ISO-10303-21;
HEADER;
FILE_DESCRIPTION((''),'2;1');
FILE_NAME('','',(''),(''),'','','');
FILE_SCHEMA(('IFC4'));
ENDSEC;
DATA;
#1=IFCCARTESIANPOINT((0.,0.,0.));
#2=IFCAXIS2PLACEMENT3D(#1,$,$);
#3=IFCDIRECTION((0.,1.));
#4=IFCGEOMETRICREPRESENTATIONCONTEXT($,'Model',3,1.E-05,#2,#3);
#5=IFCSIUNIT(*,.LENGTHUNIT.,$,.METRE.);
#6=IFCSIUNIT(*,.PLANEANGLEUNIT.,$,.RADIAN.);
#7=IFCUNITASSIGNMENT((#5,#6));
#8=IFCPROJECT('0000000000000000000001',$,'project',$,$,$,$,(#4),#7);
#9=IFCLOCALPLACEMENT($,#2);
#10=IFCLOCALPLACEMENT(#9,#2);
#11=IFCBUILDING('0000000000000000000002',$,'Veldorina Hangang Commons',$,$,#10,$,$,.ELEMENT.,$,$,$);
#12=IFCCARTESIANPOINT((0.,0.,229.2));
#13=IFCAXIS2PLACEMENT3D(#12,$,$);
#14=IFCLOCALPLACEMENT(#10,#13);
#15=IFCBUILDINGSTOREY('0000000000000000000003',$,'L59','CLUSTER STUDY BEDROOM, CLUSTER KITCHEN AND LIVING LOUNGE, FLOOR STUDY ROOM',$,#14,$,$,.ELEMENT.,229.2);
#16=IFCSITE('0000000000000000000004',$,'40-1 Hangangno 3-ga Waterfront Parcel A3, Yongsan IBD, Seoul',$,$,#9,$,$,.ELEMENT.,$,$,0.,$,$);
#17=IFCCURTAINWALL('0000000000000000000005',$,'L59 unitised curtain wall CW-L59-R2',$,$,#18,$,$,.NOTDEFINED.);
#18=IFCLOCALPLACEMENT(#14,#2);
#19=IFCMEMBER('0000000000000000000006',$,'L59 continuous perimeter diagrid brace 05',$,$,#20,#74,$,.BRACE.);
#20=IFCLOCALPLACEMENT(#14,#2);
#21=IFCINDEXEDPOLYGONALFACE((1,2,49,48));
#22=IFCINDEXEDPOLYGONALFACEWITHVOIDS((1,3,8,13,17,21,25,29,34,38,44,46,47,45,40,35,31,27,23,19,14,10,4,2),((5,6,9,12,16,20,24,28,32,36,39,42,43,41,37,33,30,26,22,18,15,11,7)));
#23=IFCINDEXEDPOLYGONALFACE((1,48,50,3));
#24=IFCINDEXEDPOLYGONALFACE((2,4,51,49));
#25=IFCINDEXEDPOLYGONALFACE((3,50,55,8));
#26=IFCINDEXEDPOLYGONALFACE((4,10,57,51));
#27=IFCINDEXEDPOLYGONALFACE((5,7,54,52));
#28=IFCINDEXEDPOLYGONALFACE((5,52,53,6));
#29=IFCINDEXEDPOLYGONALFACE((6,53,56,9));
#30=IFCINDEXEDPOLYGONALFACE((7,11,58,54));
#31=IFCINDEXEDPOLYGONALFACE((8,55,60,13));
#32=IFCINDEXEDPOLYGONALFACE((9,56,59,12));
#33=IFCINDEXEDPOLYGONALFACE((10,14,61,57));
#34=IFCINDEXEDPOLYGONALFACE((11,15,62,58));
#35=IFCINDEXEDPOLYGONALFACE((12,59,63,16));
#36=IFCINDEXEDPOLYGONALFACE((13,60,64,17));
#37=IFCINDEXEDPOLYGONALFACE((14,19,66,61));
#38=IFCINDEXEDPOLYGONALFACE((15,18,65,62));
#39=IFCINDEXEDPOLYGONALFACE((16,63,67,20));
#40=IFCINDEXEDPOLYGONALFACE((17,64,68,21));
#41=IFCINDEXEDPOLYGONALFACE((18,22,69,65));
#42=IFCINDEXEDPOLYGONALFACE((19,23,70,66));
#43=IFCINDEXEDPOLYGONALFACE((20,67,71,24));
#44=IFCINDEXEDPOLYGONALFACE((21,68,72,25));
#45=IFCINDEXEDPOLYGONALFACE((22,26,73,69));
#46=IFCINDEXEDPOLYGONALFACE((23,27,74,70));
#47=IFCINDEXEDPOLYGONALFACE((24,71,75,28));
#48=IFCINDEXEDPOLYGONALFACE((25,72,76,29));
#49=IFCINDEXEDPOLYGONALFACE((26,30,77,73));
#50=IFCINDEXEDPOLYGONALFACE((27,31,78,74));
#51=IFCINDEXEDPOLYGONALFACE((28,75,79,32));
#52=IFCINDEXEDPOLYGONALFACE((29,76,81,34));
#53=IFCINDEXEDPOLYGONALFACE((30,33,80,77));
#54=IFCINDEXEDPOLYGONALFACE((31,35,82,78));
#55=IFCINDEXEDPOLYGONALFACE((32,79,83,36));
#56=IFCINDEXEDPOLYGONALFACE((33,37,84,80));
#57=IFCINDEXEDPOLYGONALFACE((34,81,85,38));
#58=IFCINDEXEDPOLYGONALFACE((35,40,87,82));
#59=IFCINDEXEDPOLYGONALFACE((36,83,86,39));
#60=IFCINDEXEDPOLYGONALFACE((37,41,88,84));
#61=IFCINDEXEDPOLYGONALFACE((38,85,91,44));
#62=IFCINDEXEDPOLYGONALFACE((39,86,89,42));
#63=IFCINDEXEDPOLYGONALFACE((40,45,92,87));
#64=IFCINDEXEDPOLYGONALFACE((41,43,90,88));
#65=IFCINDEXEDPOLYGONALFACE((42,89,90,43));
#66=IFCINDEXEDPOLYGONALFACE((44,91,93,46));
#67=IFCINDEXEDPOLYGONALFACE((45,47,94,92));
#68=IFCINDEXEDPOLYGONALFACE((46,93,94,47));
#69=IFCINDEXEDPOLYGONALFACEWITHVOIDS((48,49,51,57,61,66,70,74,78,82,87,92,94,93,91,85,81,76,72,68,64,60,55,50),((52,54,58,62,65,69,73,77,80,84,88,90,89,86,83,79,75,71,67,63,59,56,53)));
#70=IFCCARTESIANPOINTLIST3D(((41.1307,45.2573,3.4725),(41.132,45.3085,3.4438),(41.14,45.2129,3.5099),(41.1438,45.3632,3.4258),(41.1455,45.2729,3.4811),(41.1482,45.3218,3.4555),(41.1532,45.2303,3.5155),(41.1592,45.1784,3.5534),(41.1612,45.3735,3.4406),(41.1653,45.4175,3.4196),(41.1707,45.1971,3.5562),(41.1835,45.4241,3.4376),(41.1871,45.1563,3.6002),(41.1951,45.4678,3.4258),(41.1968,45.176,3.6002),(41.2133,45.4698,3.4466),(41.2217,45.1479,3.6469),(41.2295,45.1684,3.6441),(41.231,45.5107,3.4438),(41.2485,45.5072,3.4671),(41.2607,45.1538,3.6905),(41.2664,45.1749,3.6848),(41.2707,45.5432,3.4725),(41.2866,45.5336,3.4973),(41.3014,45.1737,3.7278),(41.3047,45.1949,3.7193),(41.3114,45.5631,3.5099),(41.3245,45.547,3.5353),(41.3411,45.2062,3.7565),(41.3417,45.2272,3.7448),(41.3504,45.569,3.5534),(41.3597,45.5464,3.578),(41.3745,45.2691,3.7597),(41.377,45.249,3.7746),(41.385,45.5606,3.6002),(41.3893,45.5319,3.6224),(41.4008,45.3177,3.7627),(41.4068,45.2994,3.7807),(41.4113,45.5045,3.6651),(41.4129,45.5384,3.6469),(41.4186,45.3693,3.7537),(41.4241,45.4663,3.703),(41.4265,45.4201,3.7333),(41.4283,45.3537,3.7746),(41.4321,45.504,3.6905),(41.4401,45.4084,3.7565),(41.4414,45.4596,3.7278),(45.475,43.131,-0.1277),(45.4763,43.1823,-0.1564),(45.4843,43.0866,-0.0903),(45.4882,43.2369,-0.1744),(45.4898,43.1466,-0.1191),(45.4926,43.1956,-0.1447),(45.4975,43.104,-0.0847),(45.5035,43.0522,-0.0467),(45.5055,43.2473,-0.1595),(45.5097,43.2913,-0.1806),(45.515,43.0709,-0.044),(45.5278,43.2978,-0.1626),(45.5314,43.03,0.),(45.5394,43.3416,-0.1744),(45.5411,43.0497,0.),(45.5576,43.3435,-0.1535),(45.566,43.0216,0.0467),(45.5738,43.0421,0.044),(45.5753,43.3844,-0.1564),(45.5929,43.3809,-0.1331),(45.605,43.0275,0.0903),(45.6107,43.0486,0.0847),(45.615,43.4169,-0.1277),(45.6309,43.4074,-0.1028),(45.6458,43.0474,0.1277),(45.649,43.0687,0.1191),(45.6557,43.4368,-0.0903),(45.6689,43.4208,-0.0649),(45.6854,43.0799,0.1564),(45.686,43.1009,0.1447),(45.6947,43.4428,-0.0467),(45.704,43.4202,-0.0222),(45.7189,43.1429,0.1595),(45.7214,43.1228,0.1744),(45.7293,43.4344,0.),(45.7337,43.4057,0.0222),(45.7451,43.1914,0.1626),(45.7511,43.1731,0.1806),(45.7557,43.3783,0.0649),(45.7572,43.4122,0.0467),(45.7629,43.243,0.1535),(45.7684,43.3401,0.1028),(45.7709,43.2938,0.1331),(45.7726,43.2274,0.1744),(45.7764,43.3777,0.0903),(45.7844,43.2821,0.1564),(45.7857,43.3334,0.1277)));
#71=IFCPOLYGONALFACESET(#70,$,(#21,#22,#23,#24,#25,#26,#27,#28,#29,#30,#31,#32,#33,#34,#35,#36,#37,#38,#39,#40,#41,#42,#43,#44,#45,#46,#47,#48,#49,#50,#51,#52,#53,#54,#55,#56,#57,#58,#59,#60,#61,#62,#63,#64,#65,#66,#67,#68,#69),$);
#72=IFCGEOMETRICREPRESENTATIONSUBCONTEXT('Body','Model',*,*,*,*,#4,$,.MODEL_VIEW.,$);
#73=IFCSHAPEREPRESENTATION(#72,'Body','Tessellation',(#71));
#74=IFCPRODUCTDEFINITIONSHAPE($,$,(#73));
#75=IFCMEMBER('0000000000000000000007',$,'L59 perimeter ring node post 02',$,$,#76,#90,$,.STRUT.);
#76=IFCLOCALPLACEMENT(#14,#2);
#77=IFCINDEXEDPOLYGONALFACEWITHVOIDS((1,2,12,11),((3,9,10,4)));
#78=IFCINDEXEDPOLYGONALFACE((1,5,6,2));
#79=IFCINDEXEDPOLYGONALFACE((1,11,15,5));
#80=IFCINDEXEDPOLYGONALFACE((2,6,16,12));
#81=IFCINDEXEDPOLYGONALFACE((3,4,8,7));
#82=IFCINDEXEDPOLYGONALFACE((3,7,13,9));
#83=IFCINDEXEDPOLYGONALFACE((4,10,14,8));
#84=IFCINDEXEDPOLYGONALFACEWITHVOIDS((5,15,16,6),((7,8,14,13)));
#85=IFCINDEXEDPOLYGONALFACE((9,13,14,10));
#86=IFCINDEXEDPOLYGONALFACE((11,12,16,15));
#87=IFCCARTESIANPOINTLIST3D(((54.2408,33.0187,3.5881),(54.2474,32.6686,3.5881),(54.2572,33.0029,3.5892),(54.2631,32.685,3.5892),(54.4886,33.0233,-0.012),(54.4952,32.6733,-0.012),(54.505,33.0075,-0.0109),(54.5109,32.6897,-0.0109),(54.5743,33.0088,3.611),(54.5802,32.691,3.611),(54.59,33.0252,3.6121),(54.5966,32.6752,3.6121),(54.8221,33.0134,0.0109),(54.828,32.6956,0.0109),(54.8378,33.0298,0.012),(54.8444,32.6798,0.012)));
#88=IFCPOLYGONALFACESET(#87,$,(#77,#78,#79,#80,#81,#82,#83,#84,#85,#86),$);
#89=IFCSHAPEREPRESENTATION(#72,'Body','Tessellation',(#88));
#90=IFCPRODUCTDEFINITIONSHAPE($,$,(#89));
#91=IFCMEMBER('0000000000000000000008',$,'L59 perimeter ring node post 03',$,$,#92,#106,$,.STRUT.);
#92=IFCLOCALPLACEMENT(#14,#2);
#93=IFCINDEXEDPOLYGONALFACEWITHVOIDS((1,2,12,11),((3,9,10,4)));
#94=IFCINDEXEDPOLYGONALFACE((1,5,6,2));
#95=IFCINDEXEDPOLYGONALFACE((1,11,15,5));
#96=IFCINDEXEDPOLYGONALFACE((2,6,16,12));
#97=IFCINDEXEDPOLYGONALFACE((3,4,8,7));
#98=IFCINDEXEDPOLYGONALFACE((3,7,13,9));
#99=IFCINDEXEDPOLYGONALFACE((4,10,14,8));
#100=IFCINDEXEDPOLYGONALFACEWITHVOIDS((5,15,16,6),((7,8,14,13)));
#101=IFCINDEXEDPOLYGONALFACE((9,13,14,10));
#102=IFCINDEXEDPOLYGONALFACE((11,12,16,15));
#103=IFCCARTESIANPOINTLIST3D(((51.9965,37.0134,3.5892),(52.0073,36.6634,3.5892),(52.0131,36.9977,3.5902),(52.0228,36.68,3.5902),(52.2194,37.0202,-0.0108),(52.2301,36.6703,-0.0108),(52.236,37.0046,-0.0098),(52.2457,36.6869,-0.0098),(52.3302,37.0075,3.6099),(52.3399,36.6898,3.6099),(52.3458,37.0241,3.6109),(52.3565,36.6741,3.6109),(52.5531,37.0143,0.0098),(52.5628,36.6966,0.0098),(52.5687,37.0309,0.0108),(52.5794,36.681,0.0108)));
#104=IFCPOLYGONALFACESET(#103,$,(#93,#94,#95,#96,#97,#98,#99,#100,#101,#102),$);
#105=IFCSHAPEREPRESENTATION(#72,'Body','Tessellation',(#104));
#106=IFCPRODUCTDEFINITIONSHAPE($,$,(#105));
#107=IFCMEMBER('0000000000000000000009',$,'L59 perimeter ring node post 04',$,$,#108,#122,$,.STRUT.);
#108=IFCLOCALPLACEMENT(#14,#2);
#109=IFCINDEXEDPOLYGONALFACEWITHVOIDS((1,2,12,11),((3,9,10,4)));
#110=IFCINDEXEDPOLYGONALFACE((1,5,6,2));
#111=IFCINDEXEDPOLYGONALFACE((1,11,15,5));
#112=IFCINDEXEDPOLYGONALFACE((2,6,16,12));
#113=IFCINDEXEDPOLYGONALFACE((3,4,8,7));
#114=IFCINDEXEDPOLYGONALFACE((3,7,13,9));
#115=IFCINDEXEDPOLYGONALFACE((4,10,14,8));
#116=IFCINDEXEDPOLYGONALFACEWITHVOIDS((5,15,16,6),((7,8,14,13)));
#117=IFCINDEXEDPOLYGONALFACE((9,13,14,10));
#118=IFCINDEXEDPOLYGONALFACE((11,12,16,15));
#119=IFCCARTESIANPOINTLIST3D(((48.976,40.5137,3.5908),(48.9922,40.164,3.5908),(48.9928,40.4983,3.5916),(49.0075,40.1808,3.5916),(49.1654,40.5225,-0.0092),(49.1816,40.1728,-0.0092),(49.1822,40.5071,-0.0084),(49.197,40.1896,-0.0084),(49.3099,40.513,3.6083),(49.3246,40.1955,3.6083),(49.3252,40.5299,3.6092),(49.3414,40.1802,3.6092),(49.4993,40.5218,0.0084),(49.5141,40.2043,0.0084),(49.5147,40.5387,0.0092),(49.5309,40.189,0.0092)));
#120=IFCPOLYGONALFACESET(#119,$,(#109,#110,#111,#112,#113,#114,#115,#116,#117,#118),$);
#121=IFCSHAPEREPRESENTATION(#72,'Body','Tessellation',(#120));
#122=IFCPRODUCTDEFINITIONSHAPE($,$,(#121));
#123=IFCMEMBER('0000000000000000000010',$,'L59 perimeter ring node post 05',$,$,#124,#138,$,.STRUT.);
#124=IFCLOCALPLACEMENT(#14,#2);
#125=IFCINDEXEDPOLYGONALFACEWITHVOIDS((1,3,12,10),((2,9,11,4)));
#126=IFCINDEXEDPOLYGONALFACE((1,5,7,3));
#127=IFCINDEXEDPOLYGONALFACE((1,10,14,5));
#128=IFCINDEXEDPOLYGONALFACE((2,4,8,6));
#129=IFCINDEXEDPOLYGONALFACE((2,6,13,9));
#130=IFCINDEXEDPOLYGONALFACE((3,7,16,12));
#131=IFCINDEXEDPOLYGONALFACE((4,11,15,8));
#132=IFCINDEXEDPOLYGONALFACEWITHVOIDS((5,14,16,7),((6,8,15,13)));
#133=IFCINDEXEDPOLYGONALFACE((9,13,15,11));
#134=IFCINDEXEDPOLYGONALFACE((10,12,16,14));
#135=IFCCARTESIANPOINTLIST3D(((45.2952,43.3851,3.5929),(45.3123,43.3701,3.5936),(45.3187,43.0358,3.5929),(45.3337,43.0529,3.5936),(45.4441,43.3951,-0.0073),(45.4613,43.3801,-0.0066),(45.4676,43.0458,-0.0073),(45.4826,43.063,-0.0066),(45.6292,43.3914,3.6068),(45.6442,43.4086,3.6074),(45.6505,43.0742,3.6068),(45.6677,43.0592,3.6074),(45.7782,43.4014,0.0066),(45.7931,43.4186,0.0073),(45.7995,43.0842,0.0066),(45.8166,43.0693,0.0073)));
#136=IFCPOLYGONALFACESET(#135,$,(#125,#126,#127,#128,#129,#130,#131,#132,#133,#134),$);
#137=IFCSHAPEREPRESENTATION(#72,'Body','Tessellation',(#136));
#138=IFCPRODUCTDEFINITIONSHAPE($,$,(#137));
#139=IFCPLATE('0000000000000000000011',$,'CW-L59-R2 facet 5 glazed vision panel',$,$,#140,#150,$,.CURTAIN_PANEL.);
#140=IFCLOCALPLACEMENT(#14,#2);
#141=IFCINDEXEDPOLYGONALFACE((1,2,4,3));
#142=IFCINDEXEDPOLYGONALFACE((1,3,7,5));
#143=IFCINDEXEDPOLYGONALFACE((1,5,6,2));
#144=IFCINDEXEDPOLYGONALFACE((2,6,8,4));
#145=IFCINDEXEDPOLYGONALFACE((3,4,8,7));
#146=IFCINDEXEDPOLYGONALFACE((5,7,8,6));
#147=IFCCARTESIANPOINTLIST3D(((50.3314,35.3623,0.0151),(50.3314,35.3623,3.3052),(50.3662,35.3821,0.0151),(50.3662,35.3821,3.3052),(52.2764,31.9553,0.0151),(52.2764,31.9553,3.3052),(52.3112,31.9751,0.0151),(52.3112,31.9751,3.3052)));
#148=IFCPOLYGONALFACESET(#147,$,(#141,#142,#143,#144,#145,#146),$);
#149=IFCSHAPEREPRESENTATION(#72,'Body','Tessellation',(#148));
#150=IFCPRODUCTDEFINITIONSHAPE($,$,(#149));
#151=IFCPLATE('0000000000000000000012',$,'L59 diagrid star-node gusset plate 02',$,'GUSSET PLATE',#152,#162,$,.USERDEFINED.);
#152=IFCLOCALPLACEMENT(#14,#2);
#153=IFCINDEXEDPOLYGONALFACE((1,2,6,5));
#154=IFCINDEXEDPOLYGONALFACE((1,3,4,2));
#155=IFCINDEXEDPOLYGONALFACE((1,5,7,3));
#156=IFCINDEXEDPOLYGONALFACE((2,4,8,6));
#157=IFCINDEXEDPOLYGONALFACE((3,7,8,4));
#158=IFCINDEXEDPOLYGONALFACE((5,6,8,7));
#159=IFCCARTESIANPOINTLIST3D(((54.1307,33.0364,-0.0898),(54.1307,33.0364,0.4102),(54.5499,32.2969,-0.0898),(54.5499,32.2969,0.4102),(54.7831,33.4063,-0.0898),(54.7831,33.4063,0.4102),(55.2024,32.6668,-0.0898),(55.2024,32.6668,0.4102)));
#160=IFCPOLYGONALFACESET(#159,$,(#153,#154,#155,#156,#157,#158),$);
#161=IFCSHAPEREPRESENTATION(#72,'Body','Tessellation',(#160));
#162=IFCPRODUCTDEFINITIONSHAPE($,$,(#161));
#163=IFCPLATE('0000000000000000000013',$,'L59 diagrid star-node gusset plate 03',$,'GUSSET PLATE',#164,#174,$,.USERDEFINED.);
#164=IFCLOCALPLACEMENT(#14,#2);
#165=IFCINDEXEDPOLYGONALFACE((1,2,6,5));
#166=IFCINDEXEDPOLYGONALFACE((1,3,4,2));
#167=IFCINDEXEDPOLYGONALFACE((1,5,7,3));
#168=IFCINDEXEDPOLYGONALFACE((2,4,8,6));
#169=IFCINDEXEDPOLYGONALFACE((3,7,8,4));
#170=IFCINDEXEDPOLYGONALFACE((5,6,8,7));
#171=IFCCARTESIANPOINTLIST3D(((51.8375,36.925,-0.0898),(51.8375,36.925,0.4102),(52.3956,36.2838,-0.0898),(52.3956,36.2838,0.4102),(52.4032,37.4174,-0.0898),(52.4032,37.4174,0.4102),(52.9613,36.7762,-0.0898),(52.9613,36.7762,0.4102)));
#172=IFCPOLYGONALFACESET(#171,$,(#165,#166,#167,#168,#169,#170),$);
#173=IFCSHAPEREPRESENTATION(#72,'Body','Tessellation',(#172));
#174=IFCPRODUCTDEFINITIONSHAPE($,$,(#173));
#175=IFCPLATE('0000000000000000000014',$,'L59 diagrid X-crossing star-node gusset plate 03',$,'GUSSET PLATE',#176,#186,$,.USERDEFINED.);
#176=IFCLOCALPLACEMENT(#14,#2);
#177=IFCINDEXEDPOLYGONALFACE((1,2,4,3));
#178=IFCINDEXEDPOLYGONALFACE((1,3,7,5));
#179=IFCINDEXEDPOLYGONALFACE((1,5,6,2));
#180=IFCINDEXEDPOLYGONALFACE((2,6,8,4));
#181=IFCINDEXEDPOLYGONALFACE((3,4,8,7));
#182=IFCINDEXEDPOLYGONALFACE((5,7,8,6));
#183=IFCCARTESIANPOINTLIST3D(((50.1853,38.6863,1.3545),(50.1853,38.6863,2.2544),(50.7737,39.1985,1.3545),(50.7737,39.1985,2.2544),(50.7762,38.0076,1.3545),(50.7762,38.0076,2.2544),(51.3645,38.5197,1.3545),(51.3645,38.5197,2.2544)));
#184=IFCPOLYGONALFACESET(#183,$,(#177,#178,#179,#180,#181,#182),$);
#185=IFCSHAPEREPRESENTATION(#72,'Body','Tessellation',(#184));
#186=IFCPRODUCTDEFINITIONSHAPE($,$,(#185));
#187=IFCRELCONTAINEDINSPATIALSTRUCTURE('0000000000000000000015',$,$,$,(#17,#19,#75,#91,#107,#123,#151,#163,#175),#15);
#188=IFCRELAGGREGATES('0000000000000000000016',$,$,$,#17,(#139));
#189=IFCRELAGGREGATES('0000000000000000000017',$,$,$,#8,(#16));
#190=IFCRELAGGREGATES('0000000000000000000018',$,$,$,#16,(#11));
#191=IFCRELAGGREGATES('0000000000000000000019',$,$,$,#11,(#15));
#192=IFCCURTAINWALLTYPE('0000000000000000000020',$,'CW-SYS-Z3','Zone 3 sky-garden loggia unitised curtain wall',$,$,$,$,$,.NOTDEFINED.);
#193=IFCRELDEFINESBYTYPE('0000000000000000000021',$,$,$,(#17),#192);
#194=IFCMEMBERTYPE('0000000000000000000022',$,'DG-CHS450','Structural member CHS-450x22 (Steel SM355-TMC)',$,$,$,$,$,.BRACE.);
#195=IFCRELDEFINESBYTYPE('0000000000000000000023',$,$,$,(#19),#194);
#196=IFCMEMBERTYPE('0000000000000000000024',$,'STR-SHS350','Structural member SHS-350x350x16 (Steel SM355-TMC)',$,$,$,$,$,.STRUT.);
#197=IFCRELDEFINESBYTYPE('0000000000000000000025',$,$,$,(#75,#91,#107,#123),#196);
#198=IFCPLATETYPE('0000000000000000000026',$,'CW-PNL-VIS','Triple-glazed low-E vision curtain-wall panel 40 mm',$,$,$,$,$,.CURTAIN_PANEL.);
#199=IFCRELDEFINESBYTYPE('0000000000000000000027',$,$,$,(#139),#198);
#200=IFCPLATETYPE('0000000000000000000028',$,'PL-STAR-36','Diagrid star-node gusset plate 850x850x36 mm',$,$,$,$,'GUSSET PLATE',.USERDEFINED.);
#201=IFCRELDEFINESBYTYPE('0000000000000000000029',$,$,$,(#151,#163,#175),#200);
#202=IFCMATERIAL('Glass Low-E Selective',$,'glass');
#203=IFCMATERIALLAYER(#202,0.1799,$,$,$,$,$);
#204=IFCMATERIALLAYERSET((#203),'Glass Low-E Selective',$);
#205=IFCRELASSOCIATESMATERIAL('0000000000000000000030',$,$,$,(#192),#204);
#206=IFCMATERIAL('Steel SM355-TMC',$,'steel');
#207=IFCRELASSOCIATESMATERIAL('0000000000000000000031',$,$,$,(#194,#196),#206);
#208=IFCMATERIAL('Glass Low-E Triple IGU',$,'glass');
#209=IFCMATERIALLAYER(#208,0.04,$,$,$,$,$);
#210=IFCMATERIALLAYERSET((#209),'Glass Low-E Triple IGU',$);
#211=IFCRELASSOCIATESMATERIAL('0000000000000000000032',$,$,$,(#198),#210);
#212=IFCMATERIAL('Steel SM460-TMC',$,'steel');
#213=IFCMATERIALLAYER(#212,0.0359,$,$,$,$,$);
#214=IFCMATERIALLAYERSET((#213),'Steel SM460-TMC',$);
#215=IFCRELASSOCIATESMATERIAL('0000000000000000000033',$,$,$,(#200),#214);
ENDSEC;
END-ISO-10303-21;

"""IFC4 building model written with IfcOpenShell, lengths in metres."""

from ifc_helpers import new_model, si_unit, direction, frame, origin, origin_2d, place, context, subcontext, project, spatial, rectangle, hollow_rectangle, hollow_circle, extrude, material, layer, layer_set, material_profile, profile_set, type_object, element, aggregate, save


model = new_model("IFC4")

# Units and contexts
model_context = context("Model", 3, precision=1e-05, world=origin(), true_north=direction((0.0, 1.0)))
body_context = subcontext(model_context, "Body", "Model", "MODEL_VIEW")
ifc_project = project(units=[si_unit("LENGTHUNIT", "METRE"), si_unit("PLANEANGLEUNIT", "RADIAN")], contexts=[model_context])

# Site, building, storey
site_placement = place(None, origin())
site = spatial("IfcSite", under=ifc_project, at=site_placement, Name="40-1 Hangangno 3-ga Waterfront Parcel A3, Yongsan IBD, Seoul", CompositionType="ELEMENT", RefElevation=0.0)
building_placement = place(site_placement, origin())
building = spatial("IfcBuilding", under=site, at=building_placement, Name="Veldorina Hangang Commons", CompositionType="ELEMENT")
storey_placement = place(building_placement, frame((0.0, 0.0, 229.2)))
storey = spatial("IfcBuildingStorey", under=building, at=storey_placement, Name="L59", Description="CLUSTER STUDY BEDROOM, CLUSTER KITCHEN AND LIVING LOUNGE, FLOOR STUDY ROOM", CompositionType="ELEMENT", Elevation=229.2)

# Shared definitions
ifc_material_1 = material(Name="Steel SM355-TMC", Category="steel")

# Curtain wall
ifc_material_2 = material(Name="Glass Low-E Selective", Category="glass")
ifc_layer_1 = layer(ifc_material_2, 0.1799)
ifc_layer_set_1 = layer_set([ifc_layer_1], Name="Glass Low-E Selective")
curtain_wall_type = type_object("IfcCurtainWallType", Name="CW-SYS-Z3", Description="Zone 3 sky-garden loggia unitised curtain wall", PredefinedType="NOTDEFINED", material=ifc_layer_set_1)
curtain_wall_placement = place(storey_placement, origin())
curtain_wall = element("IfcCurtainWall", 1, at=curtain_wall_placement, inside=storey, type_object=curtain_wall_type, Name="L59 unitised curtain wall CW-L59-R2", PredefinedType="NOTDEFINED")

# Members
ifc_material_profile_1 = material_profile(ifc_material_1, hollow_circle(Radius=0.2251, WallThickness=0.022, at=origin_2d()), Name="CHS-450x22")
ifc_profile_set_1 = profile_set([ifc_material_profile_1], Name="Steel SM355-TMC")
member_type_1 = type_object("IfcMemberType", Name="DG-CHS450", Description="Structural member CHS-450x22 (Steel SM355-TMC)", PredefinedType="BRACE", material=ifc_profile_set_1)
member_1_placement = place(storey_placement, frame((45.6304, 43.2322, 0.0), z_axis=(-0.720507, 0.352641, 0.597088), x_axis=(-0.439606, -0.898191, 0.0)))
element("IfcMember", 2, at=member_1_placement, inside=storey, type_object=member_type_1, Name="L59 continuous perimeter diagrid brace 05", PredefinedType="BRACE", context=body_context, shape_type="SweptSolid", body=[
    extrude(hollow_circle(Radius=0.2251, WallThickness=0.022, at=origin_2d()), origin(), (0.0, 0.0, 1.0), 6.0295),
])
ifc_material_profile_2 = material_profile(ifc_material_1, hollow_rectangle(XDim=0.3501, YDim=0.3501, WallThickness=0.0161, at=origin_2d()), Name="SHS-350x350x16")
ifc_profile_set_2 = profile_set([ifc_material_profile_2], Name="Steel SM355-TMC")
member_type_2 = type_object("IfcMemberType", Name="STR-SHS350", Description="Structural member SHS-350x350x16 (Steel SM355-TMC)", PredefinedType="STRUT", material=ifc_profile_set_2)
member_2_placement = place(storey_placement, frame((54.6665, 32.8516, 0.0), z_axis=(-0.06867, -0.001285, 0.997639), x_axis=(0.018716, -0.999825, 0.0)))
element("IfcMember", 3, at=member_2_placement, inside=storey, type_object=member_type_2, Name="L59 perimeter ring node post 02", PredefinedType="STRUT", context=body_context, shape_type="SweptSolid", body=[
    extrude(hollow_rectangle(XDim=0.3501, YDim=0.3501, WallThickness=0.0161, at=origin_2d()), origin(), (0.0, 0.0, 1.0), 3.6086),
])
member_3_placement = place(storey_placement, frame((52.3994, 36.8506, 0.0), z_axis=(-0.061797, -0.001895, 0.998087), x_axis=(0.030654, -0.99953, 0.0)))
element("IfcMember", 4, at=member_3_placement, inside=storey, type_object=member_type_2, Name="L59 perimeter ring node post 03", PredefinedType="STRUT", context=body_context, shape_type="SweptSolid", body=[
    extrude(hollow_rectangle(XDim=0.3501, YDim=0.3501, WallThickness=0.0161, at=origin_2d()), origin(), (0.0, 0.0, 1.0), 3.6069),
])
member_4_placement = place(storey_placement, frame((49.3481, 40.3557, 0.0), z_axis=(-0.052552, -0.002438, 0.998615), x_axis=(0.046342, -0.998926, 0.0)))
element("IfcMember", 5, at=member_4_placement, inside=storey, type_object=member_type_2, Name="L59 perimeter ring node post 04", PredefinedType="STRUT", context=body_context, shape_type="SweptSolid", body=[
    extrude(hollow_rectangle(XDim=0.3501, YDim=0.3501, WallThickness=0.0161, at=origin_2d()), origin(), (0.0, 0.0, 1.0), 3.605),
])
member_5_placement = place(storey_placement, frame((45.6304, 43.2322, 0.0), z_axis=(-0.041332, -0.002778, 0.999142), x_axis=(0.067062, -0.997749, 0.0)))
element("IfcMember", 6, at=member_5_placement, inside=storey, type_object=member_type_2, Name="L59 perimeter ring node post 05", PredefinedType="STRUT", context=body_context, shape_type="SweptSolid", body=[
    extrude(hollow_rectangle(XDim=0.3501, YDim=0.3501, WallThickness=0.0161, at=origin_2d()), origin(), (0.0, 0.0, 1.0), 3.6033),
])

# Plate
ifc_material_3 = material(Name="Glass Low-E Triple IGU", Category="glass")
ifc_layer_2 = layer(ifc_material_3, 0.04)
ifc_layer_set_2 = layer_set([ifc_layer_2], Name="Glass Low-E Triple IGU")
plate_type_1 = type_object("IfcPlateType", Name="CW-PNL-VIS", Description="Triple-glazed low-E vision curtain-wall panel 40 mm", PredefinedType="CURTAIN_PANEL", material=ifc_layer_set_2)
plate_1_placement = place(storey_placement, frame((51.3213, 33.6687, 0.0151), z_axis=(0.0, 0.0, 1.0), x_axis=(-0.495792, 0.868441, 0.0)))
plate_1 = element("IfcPlate", 7, at=plate_1_placement, type_object=plate_type_1, Name="CW-L59-R2 facet 5 glazed vision panel", PredefinedType="CURTAIN_PANEL", context=body_context, shape_type="SweptSolid", body=[
    extrude(rectangle(XDim=3.9231, YDim=0.04, at=origin_2d()), origin(), (0.0, 0.0, 1.0), 3.29),
])
aggregate(curtain_wall, [plate_1])

# Plates
ifc_material_4 = material(Name="Steel SM460-TMC", Category="steel")
ifc_layer_3 = layer(ifc_material_4, 0.0359)
ifc_layer_set_3 = layer_set([ifc_layer_3], Name="Steel SM460-TMC")
plate_type_2 = type_object("IfcPlateType", Name="PL-STAR-36", Description="Diagrid star-node gusset plate 850x850x36 mm", ElementType="GUSSET PLATE", PredefinedType="USERDEFINED", material=ifc_layer_set_3)
for number, where, z_axis, x_axis, name in (
    (8, (54.6665, 32.8516, -0.0898), (0.0, 0.0, 1.0), (-0.493198, 0.869917, 0.0), "L59 diagrid star-node gusset plate 02"),
    (9, (52.3994, 36.8506, -0.0898), (0.0, 0.0, 1.0), (-0.656573, 0.754263, 0.0), "L59 diagrid star-node gusset plate 03"),
):
    element("IfcPlate", number, at=place(storey_placement, frame(where, z_axis=z_axis, x_axis=x_axis)), inside=storey, type_object=plate_type_2, Name=name, ObjectType="GUSSET PLATE", PredefinedType="USERDEFINED", context=body_context, shape_type="SweptSolid", body=[
        extrude(rectangle(XDim=0.8501, YDim=0.75, at=origin_2d()), origin(), (0.0, 0.0, 1.0), 0.5),
    ])
plate_2_placement = place(storey_placement, frame((50.7749, 38.603, 1.3545), z_axis=(0.0, 0.0, 1.0), x_axis=(-0.656573, 0.754263, 0.0)))
element("IfcPlate", 10, at=plate_2_placement, inside=storey, type_object=plate_type_2, Name="L59 diagrid X-crossing star-node gusset plate 03", ObjectType="GUSSET PLATE", PredefinedType="USERDEFINED", context=body_context, shape_type="SweptSolid", body=[
    extrude(rectangle(XDim=0.8999, YDim=0.78, at=origin_2d()), origin(), (0.0, 0.0, 1.0), 0.8999),
])

save(model, "model.ifc")
